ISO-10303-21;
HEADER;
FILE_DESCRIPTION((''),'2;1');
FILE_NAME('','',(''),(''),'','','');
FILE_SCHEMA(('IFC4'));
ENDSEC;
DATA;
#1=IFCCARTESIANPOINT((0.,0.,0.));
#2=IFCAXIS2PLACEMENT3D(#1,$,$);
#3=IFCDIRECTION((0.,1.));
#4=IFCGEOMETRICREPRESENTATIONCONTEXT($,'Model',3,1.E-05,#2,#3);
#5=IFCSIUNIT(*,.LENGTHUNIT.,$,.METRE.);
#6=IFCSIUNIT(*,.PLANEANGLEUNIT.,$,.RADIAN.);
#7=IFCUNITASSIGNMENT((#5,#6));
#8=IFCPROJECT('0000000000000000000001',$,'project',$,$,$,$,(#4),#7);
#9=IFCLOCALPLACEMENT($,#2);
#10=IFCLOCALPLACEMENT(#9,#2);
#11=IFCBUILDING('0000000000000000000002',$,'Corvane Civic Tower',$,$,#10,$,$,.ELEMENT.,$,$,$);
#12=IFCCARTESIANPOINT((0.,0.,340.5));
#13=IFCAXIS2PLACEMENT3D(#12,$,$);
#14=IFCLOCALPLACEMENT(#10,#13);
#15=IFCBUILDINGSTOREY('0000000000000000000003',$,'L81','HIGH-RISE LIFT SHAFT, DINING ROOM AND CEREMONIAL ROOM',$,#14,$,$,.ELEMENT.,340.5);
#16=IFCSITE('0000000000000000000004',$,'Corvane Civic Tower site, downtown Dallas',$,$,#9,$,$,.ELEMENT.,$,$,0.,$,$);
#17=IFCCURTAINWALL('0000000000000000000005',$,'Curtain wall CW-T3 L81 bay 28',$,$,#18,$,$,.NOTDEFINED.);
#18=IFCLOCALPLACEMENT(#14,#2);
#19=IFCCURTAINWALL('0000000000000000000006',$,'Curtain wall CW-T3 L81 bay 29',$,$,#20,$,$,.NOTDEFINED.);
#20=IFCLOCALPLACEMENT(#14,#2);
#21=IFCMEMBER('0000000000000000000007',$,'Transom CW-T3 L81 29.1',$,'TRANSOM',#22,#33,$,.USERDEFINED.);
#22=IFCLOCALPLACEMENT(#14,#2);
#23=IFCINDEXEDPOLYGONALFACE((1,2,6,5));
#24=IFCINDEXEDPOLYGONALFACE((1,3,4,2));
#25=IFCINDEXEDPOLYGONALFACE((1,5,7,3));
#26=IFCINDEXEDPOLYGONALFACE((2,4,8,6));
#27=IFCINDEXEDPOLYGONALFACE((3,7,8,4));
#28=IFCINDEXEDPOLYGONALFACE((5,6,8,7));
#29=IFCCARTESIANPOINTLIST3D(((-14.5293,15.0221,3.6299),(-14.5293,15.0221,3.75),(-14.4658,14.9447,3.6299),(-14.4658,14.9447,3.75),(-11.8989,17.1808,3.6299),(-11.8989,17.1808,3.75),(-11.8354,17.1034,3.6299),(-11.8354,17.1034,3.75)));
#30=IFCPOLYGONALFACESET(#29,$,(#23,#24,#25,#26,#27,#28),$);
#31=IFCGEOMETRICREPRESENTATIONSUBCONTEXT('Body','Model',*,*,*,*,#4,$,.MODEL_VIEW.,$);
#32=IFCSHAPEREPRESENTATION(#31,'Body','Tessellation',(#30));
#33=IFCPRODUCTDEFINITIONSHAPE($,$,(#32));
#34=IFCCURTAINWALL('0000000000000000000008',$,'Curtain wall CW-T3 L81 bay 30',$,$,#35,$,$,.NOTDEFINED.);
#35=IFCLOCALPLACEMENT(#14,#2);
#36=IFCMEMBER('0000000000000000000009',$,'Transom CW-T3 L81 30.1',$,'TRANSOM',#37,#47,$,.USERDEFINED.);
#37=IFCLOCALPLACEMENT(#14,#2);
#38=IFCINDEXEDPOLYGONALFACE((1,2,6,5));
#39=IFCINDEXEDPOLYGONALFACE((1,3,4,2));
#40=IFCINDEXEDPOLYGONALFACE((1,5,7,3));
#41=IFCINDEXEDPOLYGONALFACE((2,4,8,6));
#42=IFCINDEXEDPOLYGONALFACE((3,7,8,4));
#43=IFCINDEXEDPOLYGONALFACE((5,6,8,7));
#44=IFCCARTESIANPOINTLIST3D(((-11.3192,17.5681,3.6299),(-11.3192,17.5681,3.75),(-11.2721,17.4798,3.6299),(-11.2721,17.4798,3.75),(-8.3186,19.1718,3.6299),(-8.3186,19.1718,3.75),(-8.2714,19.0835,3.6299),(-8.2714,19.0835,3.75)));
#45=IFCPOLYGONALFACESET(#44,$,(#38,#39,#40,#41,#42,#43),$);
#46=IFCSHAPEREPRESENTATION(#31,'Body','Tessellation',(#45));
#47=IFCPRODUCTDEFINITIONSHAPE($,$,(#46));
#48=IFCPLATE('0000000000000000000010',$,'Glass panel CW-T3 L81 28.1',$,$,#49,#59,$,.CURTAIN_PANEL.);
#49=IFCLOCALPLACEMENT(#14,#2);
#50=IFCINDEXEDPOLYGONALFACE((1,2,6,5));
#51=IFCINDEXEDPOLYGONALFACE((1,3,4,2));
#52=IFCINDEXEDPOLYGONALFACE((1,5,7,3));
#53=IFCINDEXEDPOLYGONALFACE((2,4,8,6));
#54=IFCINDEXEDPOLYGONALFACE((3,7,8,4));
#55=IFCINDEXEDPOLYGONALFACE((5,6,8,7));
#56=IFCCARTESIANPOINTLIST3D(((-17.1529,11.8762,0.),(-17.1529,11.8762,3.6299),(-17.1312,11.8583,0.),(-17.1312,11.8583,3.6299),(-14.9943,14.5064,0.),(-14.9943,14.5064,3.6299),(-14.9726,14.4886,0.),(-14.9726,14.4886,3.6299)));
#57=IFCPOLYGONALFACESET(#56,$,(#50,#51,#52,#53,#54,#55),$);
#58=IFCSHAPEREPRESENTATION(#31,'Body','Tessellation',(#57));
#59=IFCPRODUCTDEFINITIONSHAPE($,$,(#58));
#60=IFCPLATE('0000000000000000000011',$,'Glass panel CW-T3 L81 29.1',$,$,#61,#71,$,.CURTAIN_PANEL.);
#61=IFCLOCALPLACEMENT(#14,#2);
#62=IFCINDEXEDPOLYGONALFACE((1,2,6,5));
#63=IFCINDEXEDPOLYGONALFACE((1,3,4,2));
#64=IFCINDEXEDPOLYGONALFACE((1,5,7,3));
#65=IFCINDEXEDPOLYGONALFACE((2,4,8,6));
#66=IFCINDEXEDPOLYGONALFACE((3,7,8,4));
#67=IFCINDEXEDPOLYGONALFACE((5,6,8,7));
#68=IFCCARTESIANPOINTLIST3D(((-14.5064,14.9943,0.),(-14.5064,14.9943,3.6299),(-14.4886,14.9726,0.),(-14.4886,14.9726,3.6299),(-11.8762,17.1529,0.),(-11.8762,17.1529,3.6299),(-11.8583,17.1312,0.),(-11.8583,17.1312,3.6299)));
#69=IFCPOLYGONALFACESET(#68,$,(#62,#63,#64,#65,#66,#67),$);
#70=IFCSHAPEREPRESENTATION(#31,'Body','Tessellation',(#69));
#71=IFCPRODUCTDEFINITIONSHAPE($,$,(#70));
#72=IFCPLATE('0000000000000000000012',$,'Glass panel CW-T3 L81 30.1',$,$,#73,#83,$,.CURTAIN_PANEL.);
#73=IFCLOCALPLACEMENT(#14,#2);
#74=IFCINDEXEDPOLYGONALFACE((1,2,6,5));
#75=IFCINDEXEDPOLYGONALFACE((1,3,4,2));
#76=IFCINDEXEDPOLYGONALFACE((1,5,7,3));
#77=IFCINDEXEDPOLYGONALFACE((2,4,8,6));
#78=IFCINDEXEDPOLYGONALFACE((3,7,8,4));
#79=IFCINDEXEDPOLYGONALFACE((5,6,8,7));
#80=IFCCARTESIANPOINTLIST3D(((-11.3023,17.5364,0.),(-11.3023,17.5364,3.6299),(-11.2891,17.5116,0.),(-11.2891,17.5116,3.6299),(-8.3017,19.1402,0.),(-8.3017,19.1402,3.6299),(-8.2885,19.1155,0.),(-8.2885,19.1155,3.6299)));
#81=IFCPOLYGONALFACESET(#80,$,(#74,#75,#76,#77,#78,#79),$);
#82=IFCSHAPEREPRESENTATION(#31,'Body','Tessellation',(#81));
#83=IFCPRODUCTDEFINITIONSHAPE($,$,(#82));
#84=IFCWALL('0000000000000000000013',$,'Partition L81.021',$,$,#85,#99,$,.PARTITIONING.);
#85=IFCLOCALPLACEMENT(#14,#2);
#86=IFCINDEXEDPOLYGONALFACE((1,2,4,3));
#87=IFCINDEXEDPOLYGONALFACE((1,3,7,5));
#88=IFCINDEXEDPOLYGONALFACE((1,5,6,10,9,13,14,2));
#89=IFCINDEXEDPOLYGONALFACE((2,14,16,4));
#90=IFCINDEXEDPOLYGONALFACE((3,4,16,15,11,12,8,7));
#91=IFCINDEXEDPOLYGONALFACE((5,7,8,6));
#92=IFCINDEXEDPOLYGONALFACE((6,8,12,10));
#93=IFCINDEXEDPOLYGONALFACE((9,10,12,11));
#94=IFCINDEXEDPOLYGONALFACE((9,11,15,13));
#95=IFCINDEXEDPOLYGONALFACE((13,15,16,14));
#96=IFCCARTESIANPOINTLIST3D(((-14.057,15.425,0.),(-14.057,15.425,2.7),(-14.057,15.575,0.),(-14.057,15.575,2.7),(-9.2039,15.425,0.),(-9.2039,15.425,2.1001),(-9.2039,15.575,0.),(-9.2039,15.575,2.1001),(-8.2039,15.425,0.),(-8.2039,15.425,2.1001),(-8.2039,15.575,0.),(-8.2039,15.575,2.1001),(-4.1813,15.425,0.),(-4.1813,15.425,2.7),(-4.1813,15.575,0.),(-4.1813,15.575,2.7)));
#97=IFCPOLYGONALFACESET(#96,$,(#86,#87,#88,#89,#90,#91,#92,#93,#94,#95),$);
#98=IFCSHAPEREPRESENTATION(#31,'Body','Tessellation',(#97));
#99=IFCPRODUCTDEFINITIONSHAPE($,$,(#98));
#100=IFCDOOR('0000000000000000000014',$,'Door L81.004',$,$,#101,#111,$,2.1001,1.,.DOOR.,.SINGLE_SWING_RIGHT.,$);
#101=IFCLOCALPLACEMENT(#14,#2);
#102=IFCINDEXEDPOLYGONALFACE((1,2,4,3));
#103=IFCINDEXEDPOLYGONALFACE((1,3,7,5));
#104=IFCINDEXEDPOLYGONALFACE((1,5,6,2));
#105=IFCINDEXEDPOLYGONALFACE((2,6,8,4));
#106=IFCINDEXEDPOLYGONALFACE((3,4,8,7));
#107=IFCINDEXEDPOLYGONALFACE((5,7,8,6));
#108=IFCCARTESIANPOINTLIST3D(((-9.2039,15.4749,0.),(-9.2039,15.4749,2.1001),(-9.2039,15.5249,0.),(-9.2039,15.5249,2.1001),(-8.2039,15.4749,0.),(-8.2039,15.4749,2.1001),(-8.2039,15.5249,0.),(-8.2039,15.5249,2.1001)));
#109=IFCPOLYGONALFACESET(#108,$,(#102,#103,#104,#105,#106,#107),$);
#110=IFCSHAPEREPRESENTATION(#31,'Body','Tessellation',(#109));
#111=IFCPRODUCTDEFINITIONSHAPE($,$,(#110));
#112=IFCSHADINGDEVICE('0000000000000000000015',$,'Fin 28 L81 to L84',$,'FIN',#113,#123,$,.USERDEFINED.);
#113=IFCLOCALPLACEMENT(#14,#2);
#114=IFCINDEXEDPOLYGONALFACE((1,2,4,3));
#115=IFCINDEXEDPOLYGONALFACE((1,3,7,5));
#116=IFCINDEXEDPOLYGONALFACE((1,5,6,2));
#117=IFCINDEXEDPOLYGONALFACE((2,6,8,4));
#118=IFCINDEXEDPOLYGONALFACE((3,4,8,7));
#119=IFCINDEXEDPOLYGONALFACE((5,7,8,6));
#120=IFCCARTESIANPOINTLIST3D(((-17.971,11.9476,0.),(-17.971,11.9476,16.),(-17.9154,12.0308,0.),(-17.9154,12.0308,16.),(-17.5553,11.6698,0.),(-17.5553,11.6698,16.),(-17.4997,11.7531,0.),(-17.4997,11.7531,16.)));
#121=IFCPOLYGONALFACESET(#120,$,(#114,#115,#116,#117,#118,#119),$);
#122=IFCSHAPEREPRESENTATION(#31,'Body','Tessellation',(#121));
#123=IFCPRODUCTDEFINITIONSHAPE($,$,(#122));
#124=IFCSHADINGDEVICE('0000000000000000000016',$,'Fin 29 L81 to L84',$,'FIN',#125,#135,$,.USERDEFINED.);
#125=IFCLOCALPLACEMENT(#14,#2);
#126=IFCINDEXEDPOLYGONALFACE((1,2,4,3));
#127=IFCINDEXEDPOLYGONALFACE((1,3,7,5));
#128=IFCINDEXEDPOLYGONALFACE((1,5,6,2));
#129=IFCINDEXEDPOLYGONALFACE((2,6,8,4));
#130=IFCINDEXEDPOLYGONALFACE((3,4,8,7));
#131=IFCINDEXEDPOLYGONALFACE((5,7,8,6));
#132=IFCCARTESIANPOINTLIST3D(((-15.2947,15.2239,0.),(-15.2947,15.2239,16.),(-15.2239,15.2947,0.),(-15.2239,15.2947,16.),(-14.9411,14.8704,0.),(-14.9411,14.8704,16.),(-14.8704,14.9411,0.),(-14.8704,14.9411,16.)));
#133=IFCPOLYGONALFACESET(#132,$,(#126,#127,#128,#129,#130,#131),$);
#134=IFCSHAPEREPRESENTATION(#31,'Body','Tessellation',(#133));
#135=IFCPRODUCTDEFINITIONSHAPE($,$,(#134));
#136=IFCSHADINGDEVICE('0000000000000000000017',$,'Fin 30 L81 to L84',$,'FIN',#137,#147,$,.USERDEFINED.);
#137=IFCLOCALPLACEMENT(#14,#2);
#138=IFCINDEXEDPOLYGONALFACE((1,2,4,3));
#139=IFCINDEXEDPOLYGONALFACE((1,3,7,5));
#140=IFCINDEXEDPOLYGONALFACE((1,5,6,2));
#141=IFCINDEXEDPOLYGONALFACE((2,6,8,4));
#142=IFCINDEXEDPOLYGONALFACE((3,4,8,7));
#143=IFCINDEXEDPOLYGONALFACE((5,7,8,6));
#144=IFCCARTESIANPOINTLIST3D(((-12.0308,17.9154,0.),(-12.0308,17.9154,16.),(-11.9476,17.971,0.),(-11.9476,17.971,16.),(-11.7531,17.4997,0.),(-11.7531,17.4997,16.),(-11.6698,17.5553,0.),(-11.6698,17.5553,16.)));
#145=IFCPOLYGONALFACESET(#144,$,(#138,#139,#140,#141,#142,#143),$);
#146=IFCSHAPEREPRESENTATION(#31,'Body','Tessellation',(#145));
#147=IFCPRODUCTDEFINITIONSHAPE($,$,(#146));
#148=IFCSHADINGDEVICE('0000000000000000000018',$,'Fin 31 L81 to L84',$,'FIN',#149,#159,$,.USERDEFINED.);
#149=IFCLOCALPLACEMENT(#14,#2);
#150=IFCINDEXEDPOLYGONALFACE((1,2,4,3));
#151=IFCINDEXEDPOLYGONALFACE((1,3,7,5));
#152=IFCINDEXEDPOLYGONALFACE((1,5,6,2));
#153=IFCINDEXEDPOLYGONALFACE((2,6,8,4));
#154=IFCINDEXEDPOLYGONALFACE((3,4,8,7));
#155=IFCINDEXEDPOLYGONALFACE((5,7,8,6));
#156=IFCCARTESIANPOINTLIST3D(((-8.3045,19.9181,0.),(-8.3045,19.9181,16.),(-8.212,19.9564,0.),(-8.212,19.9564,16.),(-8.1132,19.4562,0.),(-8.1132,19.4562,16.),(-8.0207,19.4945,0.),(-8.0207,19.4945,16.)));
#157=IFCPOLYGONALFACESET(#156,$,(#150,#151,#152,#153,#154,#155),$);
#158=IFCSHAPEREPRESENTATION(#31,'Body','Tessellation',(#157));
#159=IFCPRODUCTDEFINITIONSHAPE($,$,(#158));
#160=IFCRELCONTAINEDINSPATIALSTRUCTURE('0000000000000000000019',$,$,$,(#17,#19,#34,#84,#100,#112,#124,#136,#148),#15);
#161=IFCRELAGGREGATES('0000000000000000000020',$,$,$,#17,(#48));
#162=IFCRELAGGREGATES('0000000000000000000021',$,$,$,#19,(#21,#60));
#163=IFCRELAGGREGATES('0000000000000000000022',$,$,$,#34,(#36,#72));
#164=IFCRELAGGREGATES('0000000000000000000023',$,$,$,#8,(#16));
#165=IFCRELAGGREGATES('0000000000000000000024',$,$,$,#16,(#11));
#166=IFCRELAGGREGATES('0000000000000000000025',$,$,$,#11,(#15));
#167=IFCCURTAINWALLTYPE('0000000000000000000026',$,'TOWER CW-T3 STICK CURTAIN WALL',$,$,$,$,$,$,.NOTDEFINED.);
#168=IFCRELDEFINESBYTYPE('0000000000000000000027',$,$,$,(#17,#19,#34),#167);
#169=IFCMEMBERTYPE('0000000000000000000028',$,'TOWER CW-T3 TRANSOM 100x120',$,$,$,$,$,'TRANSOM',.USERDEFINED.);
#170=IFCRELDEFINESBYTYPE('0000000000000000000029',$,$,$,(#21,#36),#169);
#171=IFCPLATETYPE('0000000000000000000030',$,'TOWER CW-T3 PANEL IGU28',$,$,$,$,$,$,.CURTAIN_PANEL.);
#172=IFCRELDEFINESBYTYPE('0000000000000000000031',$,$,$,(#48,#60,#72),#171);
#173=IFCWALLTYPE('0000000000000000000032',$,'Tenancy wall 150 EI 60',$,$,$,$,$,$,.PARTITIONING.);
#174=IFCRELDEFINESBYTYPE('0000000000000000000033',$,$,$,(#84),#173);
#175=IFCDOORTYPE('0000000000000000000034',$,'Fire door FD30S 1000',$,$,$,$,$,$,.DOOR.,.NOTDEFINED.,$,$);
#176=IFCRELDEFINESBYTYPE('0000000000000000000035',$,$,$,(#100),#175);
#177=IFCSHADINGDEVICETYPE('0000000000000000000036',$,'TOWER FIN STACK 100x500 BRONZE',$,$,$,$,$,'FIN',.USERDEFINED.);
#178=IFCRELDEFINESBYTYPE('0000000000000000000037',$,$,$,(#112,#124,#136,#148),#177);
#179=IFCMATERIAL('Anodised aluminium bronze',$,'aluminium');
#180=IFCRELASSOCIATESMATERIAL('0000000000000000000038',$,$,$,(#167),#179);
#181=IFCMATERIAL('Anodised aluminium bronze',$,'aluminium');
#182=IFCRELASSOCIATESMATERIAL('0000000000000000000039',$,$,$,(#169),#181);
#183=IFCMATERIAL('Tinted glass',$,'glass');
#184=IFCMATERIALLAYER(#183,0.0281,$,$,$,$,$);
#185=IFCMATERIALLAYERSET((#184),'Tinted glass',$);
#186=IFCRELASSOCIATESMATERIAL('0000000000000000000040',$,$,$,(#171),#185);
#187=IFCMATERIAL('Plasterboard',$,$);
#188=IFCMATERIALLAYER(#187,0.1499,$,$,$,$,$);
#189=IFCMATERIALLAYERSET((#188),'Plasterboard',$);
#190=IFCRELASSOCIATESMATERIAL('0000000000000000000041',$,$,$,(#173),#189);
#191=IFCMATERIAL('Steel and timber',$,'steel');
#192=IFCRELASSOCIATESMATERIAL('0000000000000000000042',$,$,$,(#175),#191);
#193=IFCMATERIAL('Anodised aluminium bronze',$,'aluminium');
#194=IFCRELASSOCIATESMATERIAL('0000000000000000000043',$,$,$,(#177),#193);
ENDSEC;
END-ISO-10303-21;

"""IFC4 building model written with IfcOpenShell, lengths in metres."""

from ifc_helpers import new_model, si_unit, direction, frame, frame_2d, origin, origin_2d, place, context, subcontext, project, spatial, rectangle, extrude, material, layer, layer_set, material_profile, profile_set, type_object, element, fill, aggregate, save


model = new_model("IFC4")

# Units and contexts
model_context = context("Model", 3, precision=1e-05, world=origin(), true_north=direction((0.0, 1.0)))
body_context = subcontext(model_context, "Body", "Model", "MODEL_VIEW")
ifc_project = project(units=[si_unit("LENGTHUNIT", "METRE"), si_unit("PLANEANGLEUNIT", "RADIAN")], contexts=[model_context])

# Site, building, storey
site_placement = place(None, origin())
site = spatial("IfcSite", under=ifc_project, at=site_placement, Name="Corvane Civic Tower site, downtown Dallas", CompositionType="ELEMENT", RefElevation=0.0)
building_placement = place(site_placement, origin())
building = spatial("IfcBuilding", under=site, at=building_placement, Name="Corvane Civic Tower", CompositionType="ELEMENT")
storey_placement = place(building_placement, frame((0.0, 0.0, 340.5)))
storey = spatial("IfcBuildingStorey", under=building, at=storey_placement, Name="L81", Description="HIGH-RISE LIFT SHAFT, DINING ROOM AND CEREMONIAL ROOM", CompositionType="ELEMENT", Elevation=340.5)

# Curtain walls, members
ifc_material_1 = material(Name="Anodised aluminium bronze", Category="aluminium")
curtain_wall_type = type_object("IfcCurtainWallType", Name="TOWER CW-T3 STICK CURTAIN WALL", PredefinedType="NOTDEFINED", material=ifc_material_1)
curtain_wall_1_placement = place(storey_placement, origin())
curtain_wall_1 = element("IfcCurtainWall", 1, at=curtain_wall_1_placement, inside=storey, type_object=curtain_wall_type, Name="Curtain wall CW-T3 L81 bay 28", PredefinedType="NOTDEFINED")
ifc_material_2 = material(Name="Anodised aluminium bronze", Category="aluminium")
ifc_material_profile_1 = material_profile(ifc_material_2, rectangle(XDim=0.1001, YDim=0.1201, at=origin_2d()), Name="TOWER CW-T3 TRANSOM 100x120")
ifc_profile_set_1 = profile_set([ifc_material_profile_1], Name="Anodised aluminium bronze")
member_type = type_object("IfcMemberType", Name="TOWER CW-T3 TRANSOM 100x120", ElementType="TRANSOM", PredefinedType="USERDEFINED", material=ifc_profile_set_1)
curtain_wall_2_placement = place(storey_placement, origin())
curtain_wall_2 = element("IfcCurtainWall", 2, at=curtain_wall_2_placement, inside=storey, type_object=curtain_wall_type, Name="Curtain wall CW-T3 L81 bay 29", PredefinedType="NOTDEFINED")
member_1_placement = place(storey_placement, frame((-14.4976, 14.9834, 3.6899), z_axis=(0.77301, 0.634394, 0.0), x_axis=(-0.634394, 0.77301, 0.0)))
member_1 = element("IfcMember", 3, at=member_1_placement, type_object=member_type, Name="Transom CW-T3 L81 29.1", ObjectType="TRANSOM", PredefinedType="USERDEFINED", context=body_context, shape_type="SweptSolid", body=[
    extrude(rectangle(XDim=0.1001, YDim=0.1201, at=origin_2d()), origin(), (0.0, 0.0, 1.0), 3.4028),
])
curtain_wall_3_placement = place(storey_placement, origin())
curtain_wall_3 = element("IfcCurtainWall", 4, at=curtain_wall_3_placement, inside=storey, type_object=curtain_wall_type, Name="Curtain wall CW-T3 L81 bay 30", PredefinedType="NOTDEFINED")
member_2_placement = place(storey_placement, frame((-11.2957, 17.5239, 3.6899), z_axis=(0.881941, 0.471359, 0.0), x_axis=(-0.471359, 0.881941, 0.0)))
member_2 = element("IfcMember", 5, at=member_2_placement, type_object=member_type, Name="Transom CW-T3 L81 30.1", ObjectType="TRANSOM", PredefinedType="USERDEFINED", context=body_context, shape_type="SweptSolid", body=[
    extrude(rectangle(XDim=0.1001, YDim=0.1201, at=origin_2d()), origin(), (0.0, 0.0, 1.0), 3.4023),
])

# Plates
ifc_material_3 = material(Name="Tinted glass", Category="glass")
ifc_layer_1 = layer(ifc_material_3, 0.0281)
ifc_layer_set_1 = layer_set([ifc_layer_1], Name="Tinted glass")
plate_type = type_object("IfcPlateType", Name="TOWER CW-T3 PANEL IGU28", PredefinedType="CURTAIN_PANEL", material=ifc_layer_set_1)
plate_1_placement = place(storey_placement, frame((-16.0627, 13.1824, 0.0), z_axis=(0.0, 0.0, 1.0), x_axis=(0.634393, 0.77301, 0.0)))
plate_1 = element("IfcPlate", 6, at=plate_1_placement, type_object=plate_type, Name="Glass panel CW-T3 L81 28.1", PredefinedType="CURTAIN_PANEL", context=body_context, shape_type="SweptSolid", body=[
    extrude(rectangle(XDim=3.4026, YDim=0.0281, at=origin_2d()), origin(), (0.0, 0.0, 1.0), 3.6299),
])
aggregate(curtain_wall_1, [plate_1])
plate_2_placement = place(storey_placement, frame((-13.1824, 16.0627, 0.0), z_axis=(0.0, 0.0, 1.0), x_axis=(0.77301, 0.634393, 0.0)))
plate_2 = element("IfcPlate", 7, at=plate_2_placement, type_object=plate_type, Name="Glass panel CW-T3 L81 29.1", PredefinedType="CURTAIN_PANEL", context=body_context, shape_type="SweptSolid", body=[
    extrude(rectangle(XDim=3.4026, YDim=0.0281, at=origin_2d()), origin(), (0.0, 0.0, 1.0), 3.6299),
])
aggregate(curtain_wall_2, [member_1, plate_2])
plate_3_placement = place(storey_placement, frame((-9.7954, 18.3259, 0.0), z_axis=(0.0, 0.0, 1.0), x_axis=(0.881928, 0.471384, 0.0)))
plate_3 = element("IfcPlate", 8, at=plate_3_placement, type_object=plate_type, Name="Glass panel CW-T3 L81 30.1", PredefinedType="CURTAIN_PANEL", context=body_context, shape_type="SweptSolid", body=[
    extrude(rectangle(XDim=3.4023, YDim=0.0281, at=origin_2d()), origin(), (0.0, 0.0, 1.0), 3.6299),
])
aggregate(curtain_wall_3, [member_2, plate_3])

# Wall, opening, door
ifc_material_4 = material(Name="Plasterboard")
ifc_layer_2 = layer(ifc_material_4, 0.1499)
ifc_layer_set_2 = layer_set([ifc_layer_2], Name="Plasterboard")
wall_type = type_object("IfcWallType", Name="Tenancy wall 150 EI 60", PredefinedType="PARTITIONING", material=ifc_layer_set_2)
wall_placement = place(storey_placement, frame((-14.0571, 15.5, 0.0), z_axis=(0.0, 0.0, 1.0), x_axis=(1.0, 0.0, 0.0)))
wall = element("IfcWall", 9, at=wall_placement, inside=storey, type_object=wall_type, Name="Partition L81.021", PredefinedType="PARTITIONING", context=body_context, shape_type="SweptSolid", body=[
    extrude(rectangle(XDim=9.8757, YDim=0.1499, at=frame_2d((4.938, 0.0))), origin(), (0.0, 0.0, 1.0), 2.7),
])
opening_placement = place(wall_placement, frame((4.8533, 0.0, 0.0)))
opening = element("IfcOpeningElement", 10, at=opening_placement, cuts=wall, PredefinedType="OPENING", context=body_context, shape_type="SweptSolid", body=[
    extrude(rectangle(XDim=1.0, YDim=2.1001, at=frame_2d((0.5, 1.05))), frame((0.0, 0.085, 0.0), z_axis=(0.0, -1.0, 0.0), x_axis=(1.0, 0.0, 0.0)), (0.0, 0.0, 1.0), 0.1699),
])
ifc_material_5 = material(Name="Steel and timber", Category="steel")
door_type = type_object("IfcDoorType", Name="Fire door FD30S 1000", OperationType="NOTDEFINED", PredefinedType="DOOR", material=ifc_material_5)
door_placement = place(opening_placement, origin())
door = element("IfcDoor", 11, at=door_placement, inside=storey, type_object=door_type, Name="Door L81.004", OperationType="SINGLE_SWING_RIGHT", OverallHeight=2.1001, OverallWidth=1.0, PredefinedType="DOOR", context=body_context, shape_type="SweptSolid", body=[
    extrude(rectangle(XDim=1.0, YDim=2.1001, at=frame_2d((0.5, 1.05))), frame((0.0, 0.0249, 0.0), z_axis=(0.0, -1.0, 0.0), x_axis=(1.0, 0.0, 0.0)), (0.0, 0.0, 1.0), 0.05),
])
fill(opening, door)

# Shading devices
ifc_material_6 = material(Name="Anodised aluminium bronze", Category="aluminium")
ifc_material_profile_2 = material_profile(ifc_material_6, rectangle(XDim=0.1001, YDim=0.5, at=origin_2d()), Name="TOWER FIN STACK 100x500 BRONZE")
ifc_profile_set_2 = profile_set([ifc_material_profile_2], Name="Anodised aluminium bronze")
shading_device_type = type_object("IfcShadingDeviceType", Name="TOWER FIN STACK 100x500 BRONZE", ElementType="FIN", PredefinedType="USERDEFINED", material=ifc_profile_set_2)
for number, where, z_axis, x_axis, name in (
    (12, (-17.7354, 11.8503, 0.0), (0.0, 0.0, 1.0), (0.55557, 0.83147, 0.0), "Fin 28 L81 to L84"),
    (13, (-15.0825, 15.0825, 0.0), (0.0, 0.0, 1.0), (0.707107, 0.707107, 0.0), "Fin 29 L81 to L84"),
    (14, (-11.8503, 17.7354, 0.0), (0.0, 0.0, 1.0), (0.83147, 0.55557, 0.0), "Fin 30 L81 to L84"),
    (15, (-8.1626, 19.7063, 0.0), (0.0, 0.0, 1.0), (0.92388, 0.382683, 0.0), "Fin 31 L81 to L84"),
):
    element("IfcShadingDevice", number, at=place(storey_placement, frame(where, z_axis=z_axis, x_axis=x_axis)), inside=storey, type_object=shading_device_type, Name=name, ObjectType="FIN", PredefinedType="USERDEFINED", context=body_context, shape_type="SweptSolid", body=[
        extrude(rectangle(XDim=0.1001, YDim=0.5, at=origin_2d()), origin(), (0.0, 0.0, 1.0), 16.0),
    ])

save(model, "model.ifc")
